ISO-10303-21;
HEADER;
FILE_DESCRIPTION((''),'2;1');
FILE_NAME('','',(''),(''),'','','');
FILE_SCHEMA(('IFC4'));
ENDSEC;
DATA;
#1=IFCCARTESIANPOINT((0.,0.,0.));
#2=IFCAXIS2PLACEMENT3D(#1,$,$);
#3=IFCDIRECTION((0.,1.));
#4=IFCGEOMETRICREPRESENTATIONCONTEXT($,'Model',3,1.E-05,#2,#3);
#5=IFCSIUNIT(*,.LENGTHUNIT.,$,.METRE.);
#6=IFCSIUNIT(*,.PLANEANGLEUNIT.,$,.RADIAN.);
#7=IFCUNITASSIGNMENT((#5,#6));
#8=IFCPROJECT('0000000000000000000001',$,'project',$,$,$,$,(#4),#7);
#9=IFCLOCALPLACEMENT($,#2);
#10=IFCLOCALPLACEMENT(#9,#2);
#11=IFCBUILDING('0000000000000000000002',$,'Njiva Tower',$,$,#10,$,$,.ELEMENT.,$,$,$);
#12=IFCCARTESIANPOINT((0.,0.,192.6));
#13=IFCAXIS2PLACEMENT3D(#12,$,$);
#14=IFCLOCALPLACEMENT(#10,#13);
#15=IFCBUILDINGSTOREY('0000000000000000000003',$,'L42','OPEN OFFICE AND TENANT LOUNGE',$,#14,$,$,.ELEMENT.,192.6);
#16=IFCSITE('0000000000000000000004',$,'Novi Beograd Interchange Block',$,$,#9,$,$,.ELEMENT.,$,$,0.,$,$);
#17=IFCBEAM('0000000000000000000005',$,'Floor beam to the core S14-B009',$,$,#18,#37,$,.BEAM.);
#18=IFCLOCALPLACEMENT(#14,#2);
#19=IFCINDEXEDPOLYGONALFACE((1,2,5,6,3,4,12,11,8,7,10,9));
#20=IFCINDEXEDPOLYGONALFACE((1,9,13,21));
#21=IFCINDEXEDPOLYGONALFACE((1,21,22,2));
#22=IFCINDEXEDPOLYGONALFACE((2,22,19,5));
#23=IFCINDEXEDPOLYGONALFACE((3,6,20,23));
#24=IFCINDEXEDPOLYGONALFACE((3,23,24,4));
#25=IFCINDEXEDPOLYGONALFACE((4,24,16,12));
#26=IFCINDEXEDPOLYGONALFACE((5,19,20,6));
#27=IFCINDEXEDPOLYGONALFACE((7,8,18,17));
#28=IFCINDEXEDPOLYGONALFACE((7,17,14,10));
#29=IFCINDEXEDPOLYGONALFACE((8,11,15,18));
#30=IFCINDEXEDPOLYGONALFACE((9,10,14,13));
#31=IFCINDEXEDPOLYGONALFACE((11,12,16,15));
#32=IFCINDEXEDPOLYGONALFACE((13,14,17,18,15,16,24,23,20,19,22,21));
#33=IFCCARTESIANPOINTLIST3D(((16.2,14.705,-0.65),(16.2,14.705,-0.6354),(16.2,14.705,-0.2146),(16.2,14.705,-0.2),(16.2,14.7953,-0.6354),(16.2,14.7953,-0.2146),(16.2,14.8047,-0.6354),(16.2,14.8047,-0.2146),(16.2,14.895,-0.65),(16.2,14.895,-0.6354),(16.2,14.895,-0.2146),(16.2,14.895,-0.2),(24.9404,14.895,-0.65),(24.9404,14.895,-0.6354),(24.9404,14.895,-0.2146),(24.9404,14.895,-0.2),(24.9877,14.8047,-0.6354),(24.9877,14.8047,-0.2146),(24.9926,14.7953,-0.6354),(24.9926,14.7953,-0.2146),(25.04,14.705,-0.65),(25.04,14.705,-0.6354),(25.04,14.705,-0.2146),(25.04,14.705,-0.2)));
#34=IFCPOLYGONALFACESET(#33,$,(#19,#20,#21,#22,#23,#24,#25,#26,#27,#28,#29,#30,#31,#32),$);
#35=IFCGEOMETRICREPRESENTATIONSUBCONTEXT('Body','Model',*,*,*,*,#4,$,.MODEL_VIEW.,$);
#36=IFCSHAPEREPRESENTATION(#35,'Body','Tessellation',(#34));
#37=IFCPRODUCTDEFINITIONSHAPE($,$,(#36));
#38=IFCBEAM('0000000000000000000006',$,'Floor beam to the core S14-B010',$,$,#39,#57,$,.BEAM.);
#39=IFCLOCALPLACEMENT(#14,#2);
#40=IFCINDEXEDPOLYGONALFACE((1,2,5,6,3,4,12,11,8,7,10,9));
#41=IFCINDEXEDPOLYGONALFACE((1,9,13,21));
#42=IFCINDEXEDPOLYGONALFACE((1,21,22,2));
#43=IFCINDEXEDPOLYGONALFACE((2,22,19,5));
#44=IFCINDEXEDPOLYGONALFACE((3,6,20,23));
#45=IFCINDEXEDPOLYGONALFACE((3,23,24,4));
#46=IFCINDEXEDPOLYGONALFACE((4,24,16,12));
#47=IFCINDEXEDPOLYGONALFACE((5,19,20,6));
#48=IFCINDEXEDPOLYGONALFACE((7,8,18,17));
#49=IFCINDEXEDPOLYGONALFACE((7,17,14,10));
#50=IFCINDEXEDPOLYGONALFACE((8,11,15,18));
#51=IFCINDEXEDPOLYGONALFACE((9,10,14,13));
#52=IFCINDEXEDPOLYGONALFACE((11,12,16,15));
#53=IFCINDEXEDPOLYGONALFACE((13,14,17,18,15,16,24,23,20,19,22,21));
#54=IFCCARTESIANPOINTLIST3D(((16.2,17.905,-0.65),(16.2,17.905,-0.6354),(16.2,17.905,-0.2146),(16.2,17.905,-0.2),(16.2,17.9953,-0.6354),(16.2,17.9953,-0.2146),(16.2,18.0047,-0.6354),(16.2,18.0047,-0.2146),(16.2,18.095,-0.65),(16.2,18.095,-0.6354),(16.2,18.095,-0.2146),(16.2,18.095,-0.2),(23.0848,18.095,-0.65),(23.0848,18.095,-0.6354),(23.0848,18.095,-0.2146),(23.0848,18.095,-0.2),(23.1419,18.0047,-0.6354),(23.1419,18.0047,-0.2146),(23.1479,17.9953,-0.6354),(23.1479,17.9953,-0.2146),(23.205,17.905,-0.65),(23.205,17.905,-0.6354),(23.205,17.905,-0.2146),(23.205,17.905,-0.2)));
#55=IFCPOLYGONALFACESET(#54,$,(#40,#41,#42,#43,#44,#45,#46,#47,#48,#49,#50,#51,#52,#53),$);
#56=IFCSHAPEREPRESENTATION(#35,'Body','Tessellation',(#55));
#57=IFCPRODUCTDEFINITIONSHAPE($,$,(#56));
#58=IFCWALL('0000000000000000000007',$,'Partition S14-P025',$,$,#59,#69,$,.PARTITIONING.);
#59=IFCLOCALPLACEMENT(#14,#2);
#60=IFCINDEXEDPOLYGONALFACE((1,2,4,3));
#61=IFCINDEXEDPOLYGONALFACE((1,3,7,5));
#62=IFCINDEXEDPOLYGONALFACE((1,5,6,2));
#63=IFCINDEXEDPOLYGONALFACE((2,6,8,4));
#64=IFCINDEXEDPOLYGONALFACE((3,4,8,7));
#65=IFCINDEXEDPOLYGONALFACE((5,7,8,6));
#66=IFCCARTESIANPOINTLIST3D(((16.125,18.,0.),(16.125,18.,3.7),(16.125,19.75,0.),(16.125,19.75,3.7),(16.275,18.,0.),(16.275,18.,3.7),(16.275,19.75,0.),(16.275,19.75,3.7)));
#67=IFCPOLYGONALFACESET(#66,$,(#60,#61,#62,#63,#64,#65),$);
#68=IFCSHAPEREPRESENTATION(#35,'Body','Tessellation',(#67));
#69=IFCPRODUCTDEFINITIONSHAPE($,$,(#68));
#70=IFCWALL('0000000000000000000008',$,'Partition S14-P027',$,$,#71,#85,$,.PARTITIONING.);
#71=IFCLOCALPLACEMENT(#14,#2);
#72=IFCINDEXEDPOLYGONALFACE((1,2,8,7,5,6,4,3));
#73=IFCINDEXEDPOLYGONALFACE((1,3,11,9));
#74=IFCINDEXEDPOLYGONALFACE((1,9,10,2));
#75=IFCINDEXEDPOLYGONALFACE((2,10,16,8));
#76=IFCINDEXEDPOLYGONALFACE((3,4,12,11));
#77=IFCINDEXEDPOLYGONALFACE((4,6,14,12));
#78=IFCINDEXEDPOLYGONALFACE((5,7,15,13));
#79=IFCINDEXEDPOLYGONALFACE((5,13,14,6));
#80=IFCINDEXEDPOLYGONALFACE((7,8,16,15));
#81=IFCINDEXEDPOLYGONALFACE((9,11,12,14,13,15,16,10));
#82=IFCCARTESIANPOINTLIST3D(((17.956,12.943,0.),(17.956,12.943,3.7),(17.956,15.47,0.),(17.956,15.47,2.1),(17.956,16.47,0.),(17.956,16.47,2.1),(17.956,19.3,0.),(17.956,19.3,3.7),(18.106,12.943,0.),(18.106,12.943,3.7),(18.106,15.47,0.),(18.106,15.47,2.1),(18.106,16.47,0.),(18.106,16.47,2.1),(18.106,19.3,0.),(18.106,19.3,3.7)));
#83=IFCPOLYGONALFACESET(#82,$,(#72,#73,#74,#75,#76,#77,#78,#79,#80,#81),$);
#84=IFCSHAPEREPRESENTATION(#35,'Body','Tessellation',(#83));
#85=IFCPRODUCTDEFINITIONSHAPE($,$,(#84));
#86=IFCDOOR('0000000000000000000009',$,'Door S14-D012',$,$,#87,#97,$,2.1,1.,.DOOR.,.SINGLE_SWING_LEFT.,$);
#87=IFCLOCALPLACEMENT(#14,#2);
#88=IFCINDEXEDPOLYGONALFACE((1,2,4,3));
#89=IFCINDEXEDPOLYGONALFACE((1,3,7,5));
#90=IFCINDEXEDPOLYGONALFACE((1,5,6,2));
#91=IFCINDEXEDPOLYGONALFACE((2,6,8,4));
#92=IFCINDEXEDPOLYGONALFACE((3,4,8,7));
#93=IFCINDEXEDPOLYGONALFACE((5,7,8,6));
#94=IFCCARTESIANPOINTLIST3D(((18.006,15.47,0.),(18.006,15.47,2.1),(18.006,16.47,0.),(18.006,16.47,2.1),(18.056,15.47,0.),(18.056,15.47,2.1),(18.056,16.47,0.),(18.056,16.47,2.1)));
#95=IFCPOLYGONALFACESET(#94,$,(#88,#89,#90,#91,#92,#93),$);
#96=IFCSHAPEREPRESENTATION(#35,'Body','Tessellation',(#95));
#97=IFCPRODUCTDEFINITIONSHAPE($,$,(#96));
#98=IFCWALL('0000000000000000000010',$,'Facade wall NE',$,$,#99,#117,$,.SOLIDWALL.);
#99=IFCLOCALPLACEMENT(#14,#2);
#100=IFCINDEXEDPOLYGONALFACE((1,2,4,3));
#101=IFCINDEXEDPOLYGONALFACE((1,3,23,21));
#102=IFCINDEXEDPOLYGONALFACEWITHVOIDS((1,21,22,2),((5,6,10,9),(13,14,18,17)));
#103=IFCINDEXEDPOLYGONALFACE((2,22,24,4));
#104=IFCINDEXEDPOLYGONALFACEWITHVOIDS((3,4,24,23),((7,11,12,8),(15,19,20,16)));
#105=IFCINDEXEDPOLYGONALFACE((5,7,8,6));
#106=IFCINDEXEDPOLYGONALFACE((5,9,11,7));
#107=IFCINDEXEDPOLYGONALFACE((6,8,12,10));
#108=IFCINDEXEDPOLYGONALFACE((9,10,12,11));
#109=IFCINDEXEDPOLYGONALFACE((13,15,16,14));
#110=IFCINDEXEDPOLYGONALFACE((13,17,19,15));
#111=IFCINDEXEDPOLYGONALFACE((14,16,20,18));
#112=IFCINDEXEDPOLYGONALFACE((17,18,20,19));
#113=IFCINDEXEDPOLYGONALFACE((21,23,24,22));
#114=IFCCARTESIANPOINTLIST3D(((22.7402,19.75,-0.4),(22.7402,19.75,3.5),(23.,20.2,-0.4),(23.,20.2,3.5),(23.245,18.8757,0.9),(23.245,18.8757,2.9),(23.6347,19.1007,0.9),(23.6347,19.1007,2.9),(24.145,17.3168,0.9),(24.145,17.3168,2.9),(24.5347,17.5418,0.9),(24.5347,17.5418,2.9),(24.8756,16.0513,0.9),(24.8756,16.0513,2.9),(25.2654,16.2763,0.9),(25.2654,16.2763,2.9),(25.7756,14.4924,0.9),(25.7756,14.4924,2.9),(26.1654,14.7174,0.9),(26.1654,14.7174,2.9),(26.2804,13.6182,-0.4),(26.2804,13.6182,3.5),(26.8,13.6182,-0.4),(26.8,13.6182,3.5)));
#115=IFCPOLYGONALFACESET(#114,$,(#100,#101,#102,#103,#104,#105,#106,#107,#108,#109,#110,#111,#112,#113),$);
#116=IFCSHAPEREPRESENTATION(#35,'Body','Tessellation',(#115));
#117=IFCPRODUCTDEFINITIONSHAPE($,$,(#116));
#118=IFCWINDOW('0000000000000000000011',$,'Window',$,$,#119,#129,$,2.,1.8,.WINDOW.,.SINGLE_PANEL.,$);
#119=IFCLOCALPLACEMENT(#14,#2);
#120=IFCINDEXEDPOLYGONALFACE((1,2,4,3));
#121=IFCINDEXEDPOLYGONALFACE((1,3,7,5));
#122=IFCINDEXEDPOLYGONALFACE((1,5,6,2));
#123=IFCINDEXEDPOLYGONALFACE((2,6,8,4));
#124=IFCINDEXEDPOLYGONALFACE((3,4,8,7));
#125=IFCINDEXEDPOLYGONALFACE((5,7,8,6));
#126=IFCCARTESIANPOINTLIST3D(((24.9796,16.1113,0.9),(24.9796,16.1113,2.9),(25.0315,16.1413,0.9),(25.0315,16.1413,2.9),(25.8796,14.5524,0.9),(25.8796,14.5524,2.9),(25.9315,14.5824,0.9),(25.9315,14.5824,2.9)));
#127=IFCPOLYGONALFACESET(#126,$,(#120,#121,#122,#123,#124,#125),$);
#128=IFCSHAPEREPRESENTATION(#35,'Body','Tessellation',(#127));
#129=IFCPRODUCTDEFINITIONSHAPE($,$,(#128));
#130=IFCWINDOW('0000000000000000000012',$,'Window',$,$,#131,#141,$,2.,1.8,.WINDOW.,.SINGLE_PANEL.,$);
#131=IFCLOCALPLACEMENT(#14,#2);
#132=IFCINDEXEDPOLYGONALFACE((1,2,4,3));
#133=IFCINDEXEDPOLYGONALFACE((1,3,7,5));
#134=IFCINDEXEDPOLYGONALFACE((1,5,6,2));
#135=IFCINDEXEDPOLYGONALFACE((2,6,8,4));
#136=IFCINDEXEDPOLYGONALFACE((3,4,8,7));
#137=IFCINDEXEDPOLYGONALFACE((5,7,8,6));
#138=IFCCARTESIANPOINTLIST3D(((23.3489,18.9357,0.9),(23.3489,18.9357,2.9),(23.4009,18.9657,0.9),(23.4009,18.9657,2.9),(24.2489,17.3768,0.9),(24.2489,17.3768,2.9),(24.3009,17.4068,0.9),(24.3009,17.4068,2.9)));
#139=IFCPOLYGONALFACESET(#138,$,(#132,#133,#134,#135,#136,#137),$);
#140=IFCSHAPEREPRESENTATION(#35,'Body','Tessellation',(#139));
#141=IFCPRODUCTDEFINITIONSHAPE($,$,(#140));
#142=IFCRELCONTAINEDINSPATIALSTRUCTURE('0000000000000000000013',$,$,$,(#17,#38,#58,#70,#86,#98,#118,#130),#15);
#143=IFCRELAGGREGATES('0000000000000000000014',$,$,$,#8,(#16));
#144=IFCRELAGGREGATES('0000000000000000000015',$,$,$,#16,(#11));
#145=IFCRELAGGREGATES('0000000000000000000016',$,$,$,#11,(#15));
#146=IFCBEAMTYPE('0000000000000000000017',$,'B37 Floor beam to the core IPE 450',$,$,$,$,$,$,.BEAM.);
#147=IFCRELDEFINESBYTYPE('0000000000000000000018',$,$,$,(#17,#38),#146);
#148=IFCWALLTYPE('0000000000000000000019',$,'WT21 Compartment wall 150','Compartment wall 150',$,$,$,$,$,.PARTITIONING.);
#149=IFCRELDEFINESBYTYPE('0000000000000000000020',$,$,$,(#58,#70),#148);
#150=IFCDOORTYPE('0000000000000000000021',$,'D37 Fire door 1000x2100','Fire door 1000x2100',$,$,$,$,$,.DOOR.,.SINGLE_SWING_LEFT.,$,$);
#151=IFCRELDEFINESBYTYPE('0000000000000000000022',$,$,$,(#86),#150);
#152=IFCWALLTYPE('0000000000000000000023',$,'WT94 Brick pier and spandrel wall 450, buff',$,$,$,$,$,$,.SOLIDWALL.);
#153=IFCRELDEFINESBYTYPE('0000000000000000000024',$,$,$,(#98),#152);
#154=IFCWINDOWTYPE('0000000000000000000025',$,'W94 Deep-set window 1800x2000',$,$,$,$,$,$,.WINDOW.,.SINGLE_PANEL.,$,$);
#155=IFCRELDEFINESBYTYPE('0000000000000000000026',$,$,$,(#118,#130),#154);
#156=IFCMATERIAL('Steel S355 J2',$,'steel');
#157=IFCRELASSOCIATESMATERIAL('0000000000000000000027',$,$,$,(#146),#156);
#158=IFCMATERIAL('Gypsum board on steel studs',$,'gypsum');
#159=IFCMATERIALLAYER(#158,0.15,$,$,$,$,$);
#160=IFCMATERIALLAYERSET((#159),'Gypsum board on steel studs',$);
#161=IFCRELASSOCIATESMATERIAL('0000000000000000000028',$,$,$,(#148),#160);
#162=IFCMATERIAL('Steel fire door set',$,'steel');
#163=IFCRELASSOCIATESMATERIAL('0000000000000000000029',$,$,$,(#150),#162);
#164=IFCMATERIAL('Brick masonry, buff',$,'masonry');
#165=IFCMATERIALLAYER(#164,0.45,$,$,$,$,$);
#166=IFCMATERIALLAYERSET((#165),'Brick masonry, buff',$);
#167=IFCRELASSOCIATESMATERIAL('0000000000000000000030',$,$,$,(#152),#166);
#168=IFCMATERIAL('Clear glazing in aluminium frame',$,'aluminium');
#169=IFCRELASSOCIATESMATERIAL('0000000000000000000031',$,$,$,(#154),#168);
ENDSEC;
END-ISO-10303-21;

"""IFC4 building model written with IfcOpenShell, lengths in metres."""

from ifc_helpers import new_model, si_unit, direction, frame, frame_2d, origin, origin_2d, place, context, subcontext, project, spatial, polyline, rectangle, i_section, outline, extrude, clip, halfspace, material, layer, layer_set, material_profile, profile_set, type_object, element, fill, save


model = new_model("IFC4")

# Units and contexts
model_context = context("Model", 3, precision=1e-05, world=origin(), true_north=direction((0.0, 1.0)))
body_context = subcontext(model_context, "Body", "Model", "MODEL_VIEW")
ifc_project = project(units=[si_unit("LENGTHUNIT", "METRE"), si_unit("PLANEANGLEUNIT", "RADIAN")], contexts=[model_context])

# Site, building, storey
site_placement = place(None, origin())
site = spatial("IfcSite", under=ifc_project, at=site_placement, Name="Novi Beograd Interchange Block", CompositionType="ELEMENT", RefElevation=0.0)
building_placement = place(site_placement, origin())
building = spatial("IfcBuilding", under=site, at=building_placement, Name="Njiva Tower", CompositionType="ELEMENT")
storey_placement = place(building_placement, frame((0.0, 0.0, 192.6)))
storey = spatial("IfcBuildingStorey", under=building, at=storey_placement, Name="L42", Description="OPEN OFFICE AND TENANT LOUNGE", CompositionType="ELEMENT", Elevation=192.6)

# Shared definitions
ifc_material_1 = material(Name="Steel S355 J2", Category="steel")

# Beams
ifc_material_profile_1 = material_profile(ifc_material_1, i_section(OverallWidth=0.19, OverallDepth=0.45, WebThickness=0.0094, FlangeThickness=0.0146, at=origin_2d()), Name="IPE 450")
ifc_profile_set_1 = profile_set([ifc_material_profile_1], Name="Steel S355 J2")
beam_type_1 = type_object("IfcBeamType", Name="B37 Floor beam to the core IPE 450", PredefinedType="BEAM", material=ifc_profile_set_1)
beam_1_placement = place(storey_placement, frame((16.2, 14.8, -0.425), z_axis=(1.0, 0.0, 0.0), x_axis=(0.0, 1.0, 0.0)))
element("IfcBeam", 1, at=beam_1_placement, inside=storey, type_object=beam_type_1, Name="Floor beam to the core S14-B009", PredefinedType="BEAM", context=body_context, shape_type="Clipping", body=[
    clip(extrude(i_section(OverallWidth=0.19, OverallDepth=0.45, WebThickness=0.0094, FlangeThickness=0.0146, at=origin_2d()), origin(), (0.0, 0.0, 1.0), 8.86), halfspace(frame((0.0232, 0.0, 8.778), z_axis=(0.464267, 0.0, 0.885695), x_axis=(0.0, 1.0, 0.0)), False)),
])
beam_2_placement = place(storey_placement, frame((16.2, 18.0, -0.425), z_axis=(1.0, 0.0, 0.0), x_axis=(0.0, 1.0, 0.0)))
element("IfcBeam", 2, at=beam_2_placement, inside=storey, type_object=beam_type_1, Name="Floor beam to the core S14-B010", PredefinedType="BEAM", context=body_context, shape_type="Clipping", body=[
    clip(extrude(i_section(OverallWidth=0.19, OverallDepth=0.45, WebThickness=0.0094, FlangeThickness=0.0146, at=origin_2d()), origin(), (0.0, 0.0, 1.0), 7.025), halfspace(frame((0.0267, 0.0, 6.928), z_axis=(0.534902, 0.0, 0.844914), x_axis=(0.0, 1.0, 0.0)), False)),
])

# Wall
ifc_material_2 = material(Name="Gypsum board on steel studs", Category="gypsum")
ifc_layer_1 = layer(ifc_material_2, 0.15)
ifc_layer_set_1 = layer_set([ifc_layer_1], Name="Gypsum board on steel studs")
wall_type_1 = type_object("IfcWallType", Name="WT21 Compartment wall 150", Description="Compartment wall 150", PredefinedType="PARTITIONING", material=ifc_layer_set_1)
wall_1_placement = place(storey_placement, frame((16.2, 18.0, 0.0), z_axis=(0.0, 0.0, 1.0), x_axis=(0.0, 1.0, 0.0)))
element("IfcWall", 3, at=wall_1_placement, inside=storey, type_object=wall_type_1, Name="Partition S14-P025", PredefinedType="PARTITIONING", context=body_context, shape_type="SweptSolid", body=[
    extrude(rectangle(XDim=1.75, YDim=0.15, at=frame_2d((0.875, 0.0))), origin(), (0.0, 0.0, 1.0), 3.7),
])

# Wall, opening, door
wall_2_placement = place(storey_placement, frame((18.031, 12.943, 0.0), z_axis=(0.0, 0.0, 1.0), x_axis=(0.0, 1.0, 0.0)))
wall_2 = element("IfcWall", 4, at=wall_2_placement, inside=storey, type_object=wall_type_1, Name="Partition S14-P027", PredefinedType="PARTITIONING", context=body_context, shape_type="SweptSolid", body=[
    extrude(rectangle(XDim=6.357, YDim=0.15, at=frame_2d((3.1785, 0.0))), origin(), (0.0, 0.0, 1.0), 3.7),
])
opening_1_placement = place(wall_2_placement, frame((2.527, 0.0, 0.0)))
opening_1 = element("IfcOpeningElement", 5, at=opening_1_placement, cuts=wall_2, PredefinedType="OPENING", context=body_context, shape_type="SweptSolid", body=[
    extrude(rectangle(XDim=1.0, YDim=2.1, at=frame_2d((0.5, 1.05))), frame((0.0, 0.085, 0.0), z_axis=(0.0, -1.0, 0.0), x_axis=(1.0, 0.0, 0.0)), (0.0, 0.0, 1.0), 0.17),
])
ifc_material_3 = material(Name="Steel fire door set", Category="steel")
door_type = type_object("IfcDoorType", Name="D37 Fire door 1000x2100", Description="Fire door 1000x2100", OperationType="SINGLE_SWING_LEFT", PredefinedType="DOOR", material=ifc_material_3)
door_placement = place(opening_1_placement, origin())
door = element("IfcDoor", 6, at=door_placement, inside=storey, type_object=door_type, Name="Door S14-D012", OperationType="SINGLE_SWING_LEFT", OverallHeight=2.1, OverallWidth=1.0, PredefinedType="DOOR", context=body_context, shape_type="SweptSolid", body=[
    extrude(rectangle(XDim=1.0, YDim=2.1, at=frame_2d((0.5, 1.05))), frame((0.0, 0.025, 0.0), z_axis=(0.0, -1.0, 0.0), x_axis=(1.0, 0.0, 0.0)), (0.0, 0.0, 1.0), 0.05),
])
fill(opening_1, door)

# Wall, openings, windows
ifc_material_4 = material(Name="Clear glazing in aluminium frame", Category="aluminium")
ifc_material_5 = material(Name="Brick masonry, buff", Category="masonry")
ifc_layer_2 = layer(ifc_material_5, 0.45)
ifc_layer_set_2 = layer_set([ifc_layer_2], Name="Brick masonry, buff")
wall_type_2 = type_object("IfcWallType", Name="WT94 Brick pier and spandrel wall 450, buff", PredefinedType="SOLIDWALL", material=ifc_layer_set_2)
wall_3_placement = place(storey_placement, frame((26.5402, 13.6182, -0.4), z_axis=(0.0, 0.0, 1.0), x_axis=(-0.5, 0.866025, 0.0)))
wall_3 = element("IfcWall", 7, at=wall_3_placement, inside=storey, type_object=wall_type_2, Name="Facade wall NE", PredefinedType="SOLIDWALL", context=body_context, shape_type="SweptSolid", body=[
    extrude(outline(polyline([(-0.1299, -0.225), (7.4701, -0.225), (7.2103, 0.225), (0.1299, 0.225), (-0.1299, -0.225)])), origin(), (0.0, 0.0, 1.0), 3.9),
])
opening_2_placement = place(wall_3_placement, frame((1.1394, 0.0, 1.3)))
opening_2 = element("IfcOpeningElement", 8, at=opening_2_placement, cuts=wall_3, PredefinedType="OPENING", context=body_context, shape_type="SweptSolid", body=[
    extrude(rectangle(XDim=1.8, YDim=2.0, at=frame_2d((0.9, 1.0))), frame((0.0, 0.235, 0.0), z_axis=(0.0, -1.0, 0.0), x_axis=(1.0, 0.0, 0.0)), (0.0, 0.0, 1.0), 0.47),
])
opening_3_placement = place(wall_3_placement, frame((4.4007, 0.0, 1.3)))
opening_3 = element("IfcOpeningElement", 9, at=opening_3_placement, cuts=wall_3, PredefinedType="OPENING", context=body_context, shape_type="SweptSolid", body=[
    extrude(rectangle(XDim=1.8, YDim=2.0, at=frame_2d((0.9, 1.0))), frame((0.0, 0.235, 0.0), z_axis=(0.0, -1.0, 0.0), x_axis=(1.0, 0.0, 0.0)), (0.0, 0.0, 1.0), 0.47),
])
window_type_1 = type_object("IfcWindowType", Name="W94 Deep-set window 1800x2000", PartitioningType="SINGLE_PANEL", PredefinedType="WINDOW", material=ifc_material_4)
window_1_placement = place(opening_2_placement, origin())
window_1 = element("IfcWindow", 10, at=window_1_placement, inside=storey, type_object=window_type_1, Name="Window", OverallHeight=2.0, OverallWidth=1.8, PartitioningType="SINGLE_PANEL", PredefinedType="WINDOW", context=body_context, shape_type="SweptSolid", body=[
    extrude(rectangle(XDim=1.8, YDim=2.0, at=frame_2d((0.9, 1.0))), frame((0.0, 0.105, 0.0), z_axis=(0.0, -1.0, 0.0), x_axis=(1.0, 0.0, 0.0)), (0.0, 0.0, 1.0), 0.06),
])
fill(opening_2, window_1)
window_2_placement = place(opening_3_placement, origin())
window_2 = element("IfcWindow", 11, at=window_2_placement, inside=storey, type_object=window_type_1, Name="Window", OverallHeight=2.0, OverallWidth=1.8, PartitioningType="SINGLE_PANEL", PredefinedType="WINDOW", context=body_context, shape_type="SweptSolid", body=[
    extrude(rectangle(XDim=1.8, YDim=2.0, at=frame_2d((0.9, 1.0))), frame((0.0, 0.105, 0.0), z_axis=(0.0, -1.0, 0.0), x_axis=(1.0, 0.0, 0.0)), (0.0, 0.0, 1.0), 0.06),
])
fill(opening_3, window_2)

save(model, "model.ifc")
